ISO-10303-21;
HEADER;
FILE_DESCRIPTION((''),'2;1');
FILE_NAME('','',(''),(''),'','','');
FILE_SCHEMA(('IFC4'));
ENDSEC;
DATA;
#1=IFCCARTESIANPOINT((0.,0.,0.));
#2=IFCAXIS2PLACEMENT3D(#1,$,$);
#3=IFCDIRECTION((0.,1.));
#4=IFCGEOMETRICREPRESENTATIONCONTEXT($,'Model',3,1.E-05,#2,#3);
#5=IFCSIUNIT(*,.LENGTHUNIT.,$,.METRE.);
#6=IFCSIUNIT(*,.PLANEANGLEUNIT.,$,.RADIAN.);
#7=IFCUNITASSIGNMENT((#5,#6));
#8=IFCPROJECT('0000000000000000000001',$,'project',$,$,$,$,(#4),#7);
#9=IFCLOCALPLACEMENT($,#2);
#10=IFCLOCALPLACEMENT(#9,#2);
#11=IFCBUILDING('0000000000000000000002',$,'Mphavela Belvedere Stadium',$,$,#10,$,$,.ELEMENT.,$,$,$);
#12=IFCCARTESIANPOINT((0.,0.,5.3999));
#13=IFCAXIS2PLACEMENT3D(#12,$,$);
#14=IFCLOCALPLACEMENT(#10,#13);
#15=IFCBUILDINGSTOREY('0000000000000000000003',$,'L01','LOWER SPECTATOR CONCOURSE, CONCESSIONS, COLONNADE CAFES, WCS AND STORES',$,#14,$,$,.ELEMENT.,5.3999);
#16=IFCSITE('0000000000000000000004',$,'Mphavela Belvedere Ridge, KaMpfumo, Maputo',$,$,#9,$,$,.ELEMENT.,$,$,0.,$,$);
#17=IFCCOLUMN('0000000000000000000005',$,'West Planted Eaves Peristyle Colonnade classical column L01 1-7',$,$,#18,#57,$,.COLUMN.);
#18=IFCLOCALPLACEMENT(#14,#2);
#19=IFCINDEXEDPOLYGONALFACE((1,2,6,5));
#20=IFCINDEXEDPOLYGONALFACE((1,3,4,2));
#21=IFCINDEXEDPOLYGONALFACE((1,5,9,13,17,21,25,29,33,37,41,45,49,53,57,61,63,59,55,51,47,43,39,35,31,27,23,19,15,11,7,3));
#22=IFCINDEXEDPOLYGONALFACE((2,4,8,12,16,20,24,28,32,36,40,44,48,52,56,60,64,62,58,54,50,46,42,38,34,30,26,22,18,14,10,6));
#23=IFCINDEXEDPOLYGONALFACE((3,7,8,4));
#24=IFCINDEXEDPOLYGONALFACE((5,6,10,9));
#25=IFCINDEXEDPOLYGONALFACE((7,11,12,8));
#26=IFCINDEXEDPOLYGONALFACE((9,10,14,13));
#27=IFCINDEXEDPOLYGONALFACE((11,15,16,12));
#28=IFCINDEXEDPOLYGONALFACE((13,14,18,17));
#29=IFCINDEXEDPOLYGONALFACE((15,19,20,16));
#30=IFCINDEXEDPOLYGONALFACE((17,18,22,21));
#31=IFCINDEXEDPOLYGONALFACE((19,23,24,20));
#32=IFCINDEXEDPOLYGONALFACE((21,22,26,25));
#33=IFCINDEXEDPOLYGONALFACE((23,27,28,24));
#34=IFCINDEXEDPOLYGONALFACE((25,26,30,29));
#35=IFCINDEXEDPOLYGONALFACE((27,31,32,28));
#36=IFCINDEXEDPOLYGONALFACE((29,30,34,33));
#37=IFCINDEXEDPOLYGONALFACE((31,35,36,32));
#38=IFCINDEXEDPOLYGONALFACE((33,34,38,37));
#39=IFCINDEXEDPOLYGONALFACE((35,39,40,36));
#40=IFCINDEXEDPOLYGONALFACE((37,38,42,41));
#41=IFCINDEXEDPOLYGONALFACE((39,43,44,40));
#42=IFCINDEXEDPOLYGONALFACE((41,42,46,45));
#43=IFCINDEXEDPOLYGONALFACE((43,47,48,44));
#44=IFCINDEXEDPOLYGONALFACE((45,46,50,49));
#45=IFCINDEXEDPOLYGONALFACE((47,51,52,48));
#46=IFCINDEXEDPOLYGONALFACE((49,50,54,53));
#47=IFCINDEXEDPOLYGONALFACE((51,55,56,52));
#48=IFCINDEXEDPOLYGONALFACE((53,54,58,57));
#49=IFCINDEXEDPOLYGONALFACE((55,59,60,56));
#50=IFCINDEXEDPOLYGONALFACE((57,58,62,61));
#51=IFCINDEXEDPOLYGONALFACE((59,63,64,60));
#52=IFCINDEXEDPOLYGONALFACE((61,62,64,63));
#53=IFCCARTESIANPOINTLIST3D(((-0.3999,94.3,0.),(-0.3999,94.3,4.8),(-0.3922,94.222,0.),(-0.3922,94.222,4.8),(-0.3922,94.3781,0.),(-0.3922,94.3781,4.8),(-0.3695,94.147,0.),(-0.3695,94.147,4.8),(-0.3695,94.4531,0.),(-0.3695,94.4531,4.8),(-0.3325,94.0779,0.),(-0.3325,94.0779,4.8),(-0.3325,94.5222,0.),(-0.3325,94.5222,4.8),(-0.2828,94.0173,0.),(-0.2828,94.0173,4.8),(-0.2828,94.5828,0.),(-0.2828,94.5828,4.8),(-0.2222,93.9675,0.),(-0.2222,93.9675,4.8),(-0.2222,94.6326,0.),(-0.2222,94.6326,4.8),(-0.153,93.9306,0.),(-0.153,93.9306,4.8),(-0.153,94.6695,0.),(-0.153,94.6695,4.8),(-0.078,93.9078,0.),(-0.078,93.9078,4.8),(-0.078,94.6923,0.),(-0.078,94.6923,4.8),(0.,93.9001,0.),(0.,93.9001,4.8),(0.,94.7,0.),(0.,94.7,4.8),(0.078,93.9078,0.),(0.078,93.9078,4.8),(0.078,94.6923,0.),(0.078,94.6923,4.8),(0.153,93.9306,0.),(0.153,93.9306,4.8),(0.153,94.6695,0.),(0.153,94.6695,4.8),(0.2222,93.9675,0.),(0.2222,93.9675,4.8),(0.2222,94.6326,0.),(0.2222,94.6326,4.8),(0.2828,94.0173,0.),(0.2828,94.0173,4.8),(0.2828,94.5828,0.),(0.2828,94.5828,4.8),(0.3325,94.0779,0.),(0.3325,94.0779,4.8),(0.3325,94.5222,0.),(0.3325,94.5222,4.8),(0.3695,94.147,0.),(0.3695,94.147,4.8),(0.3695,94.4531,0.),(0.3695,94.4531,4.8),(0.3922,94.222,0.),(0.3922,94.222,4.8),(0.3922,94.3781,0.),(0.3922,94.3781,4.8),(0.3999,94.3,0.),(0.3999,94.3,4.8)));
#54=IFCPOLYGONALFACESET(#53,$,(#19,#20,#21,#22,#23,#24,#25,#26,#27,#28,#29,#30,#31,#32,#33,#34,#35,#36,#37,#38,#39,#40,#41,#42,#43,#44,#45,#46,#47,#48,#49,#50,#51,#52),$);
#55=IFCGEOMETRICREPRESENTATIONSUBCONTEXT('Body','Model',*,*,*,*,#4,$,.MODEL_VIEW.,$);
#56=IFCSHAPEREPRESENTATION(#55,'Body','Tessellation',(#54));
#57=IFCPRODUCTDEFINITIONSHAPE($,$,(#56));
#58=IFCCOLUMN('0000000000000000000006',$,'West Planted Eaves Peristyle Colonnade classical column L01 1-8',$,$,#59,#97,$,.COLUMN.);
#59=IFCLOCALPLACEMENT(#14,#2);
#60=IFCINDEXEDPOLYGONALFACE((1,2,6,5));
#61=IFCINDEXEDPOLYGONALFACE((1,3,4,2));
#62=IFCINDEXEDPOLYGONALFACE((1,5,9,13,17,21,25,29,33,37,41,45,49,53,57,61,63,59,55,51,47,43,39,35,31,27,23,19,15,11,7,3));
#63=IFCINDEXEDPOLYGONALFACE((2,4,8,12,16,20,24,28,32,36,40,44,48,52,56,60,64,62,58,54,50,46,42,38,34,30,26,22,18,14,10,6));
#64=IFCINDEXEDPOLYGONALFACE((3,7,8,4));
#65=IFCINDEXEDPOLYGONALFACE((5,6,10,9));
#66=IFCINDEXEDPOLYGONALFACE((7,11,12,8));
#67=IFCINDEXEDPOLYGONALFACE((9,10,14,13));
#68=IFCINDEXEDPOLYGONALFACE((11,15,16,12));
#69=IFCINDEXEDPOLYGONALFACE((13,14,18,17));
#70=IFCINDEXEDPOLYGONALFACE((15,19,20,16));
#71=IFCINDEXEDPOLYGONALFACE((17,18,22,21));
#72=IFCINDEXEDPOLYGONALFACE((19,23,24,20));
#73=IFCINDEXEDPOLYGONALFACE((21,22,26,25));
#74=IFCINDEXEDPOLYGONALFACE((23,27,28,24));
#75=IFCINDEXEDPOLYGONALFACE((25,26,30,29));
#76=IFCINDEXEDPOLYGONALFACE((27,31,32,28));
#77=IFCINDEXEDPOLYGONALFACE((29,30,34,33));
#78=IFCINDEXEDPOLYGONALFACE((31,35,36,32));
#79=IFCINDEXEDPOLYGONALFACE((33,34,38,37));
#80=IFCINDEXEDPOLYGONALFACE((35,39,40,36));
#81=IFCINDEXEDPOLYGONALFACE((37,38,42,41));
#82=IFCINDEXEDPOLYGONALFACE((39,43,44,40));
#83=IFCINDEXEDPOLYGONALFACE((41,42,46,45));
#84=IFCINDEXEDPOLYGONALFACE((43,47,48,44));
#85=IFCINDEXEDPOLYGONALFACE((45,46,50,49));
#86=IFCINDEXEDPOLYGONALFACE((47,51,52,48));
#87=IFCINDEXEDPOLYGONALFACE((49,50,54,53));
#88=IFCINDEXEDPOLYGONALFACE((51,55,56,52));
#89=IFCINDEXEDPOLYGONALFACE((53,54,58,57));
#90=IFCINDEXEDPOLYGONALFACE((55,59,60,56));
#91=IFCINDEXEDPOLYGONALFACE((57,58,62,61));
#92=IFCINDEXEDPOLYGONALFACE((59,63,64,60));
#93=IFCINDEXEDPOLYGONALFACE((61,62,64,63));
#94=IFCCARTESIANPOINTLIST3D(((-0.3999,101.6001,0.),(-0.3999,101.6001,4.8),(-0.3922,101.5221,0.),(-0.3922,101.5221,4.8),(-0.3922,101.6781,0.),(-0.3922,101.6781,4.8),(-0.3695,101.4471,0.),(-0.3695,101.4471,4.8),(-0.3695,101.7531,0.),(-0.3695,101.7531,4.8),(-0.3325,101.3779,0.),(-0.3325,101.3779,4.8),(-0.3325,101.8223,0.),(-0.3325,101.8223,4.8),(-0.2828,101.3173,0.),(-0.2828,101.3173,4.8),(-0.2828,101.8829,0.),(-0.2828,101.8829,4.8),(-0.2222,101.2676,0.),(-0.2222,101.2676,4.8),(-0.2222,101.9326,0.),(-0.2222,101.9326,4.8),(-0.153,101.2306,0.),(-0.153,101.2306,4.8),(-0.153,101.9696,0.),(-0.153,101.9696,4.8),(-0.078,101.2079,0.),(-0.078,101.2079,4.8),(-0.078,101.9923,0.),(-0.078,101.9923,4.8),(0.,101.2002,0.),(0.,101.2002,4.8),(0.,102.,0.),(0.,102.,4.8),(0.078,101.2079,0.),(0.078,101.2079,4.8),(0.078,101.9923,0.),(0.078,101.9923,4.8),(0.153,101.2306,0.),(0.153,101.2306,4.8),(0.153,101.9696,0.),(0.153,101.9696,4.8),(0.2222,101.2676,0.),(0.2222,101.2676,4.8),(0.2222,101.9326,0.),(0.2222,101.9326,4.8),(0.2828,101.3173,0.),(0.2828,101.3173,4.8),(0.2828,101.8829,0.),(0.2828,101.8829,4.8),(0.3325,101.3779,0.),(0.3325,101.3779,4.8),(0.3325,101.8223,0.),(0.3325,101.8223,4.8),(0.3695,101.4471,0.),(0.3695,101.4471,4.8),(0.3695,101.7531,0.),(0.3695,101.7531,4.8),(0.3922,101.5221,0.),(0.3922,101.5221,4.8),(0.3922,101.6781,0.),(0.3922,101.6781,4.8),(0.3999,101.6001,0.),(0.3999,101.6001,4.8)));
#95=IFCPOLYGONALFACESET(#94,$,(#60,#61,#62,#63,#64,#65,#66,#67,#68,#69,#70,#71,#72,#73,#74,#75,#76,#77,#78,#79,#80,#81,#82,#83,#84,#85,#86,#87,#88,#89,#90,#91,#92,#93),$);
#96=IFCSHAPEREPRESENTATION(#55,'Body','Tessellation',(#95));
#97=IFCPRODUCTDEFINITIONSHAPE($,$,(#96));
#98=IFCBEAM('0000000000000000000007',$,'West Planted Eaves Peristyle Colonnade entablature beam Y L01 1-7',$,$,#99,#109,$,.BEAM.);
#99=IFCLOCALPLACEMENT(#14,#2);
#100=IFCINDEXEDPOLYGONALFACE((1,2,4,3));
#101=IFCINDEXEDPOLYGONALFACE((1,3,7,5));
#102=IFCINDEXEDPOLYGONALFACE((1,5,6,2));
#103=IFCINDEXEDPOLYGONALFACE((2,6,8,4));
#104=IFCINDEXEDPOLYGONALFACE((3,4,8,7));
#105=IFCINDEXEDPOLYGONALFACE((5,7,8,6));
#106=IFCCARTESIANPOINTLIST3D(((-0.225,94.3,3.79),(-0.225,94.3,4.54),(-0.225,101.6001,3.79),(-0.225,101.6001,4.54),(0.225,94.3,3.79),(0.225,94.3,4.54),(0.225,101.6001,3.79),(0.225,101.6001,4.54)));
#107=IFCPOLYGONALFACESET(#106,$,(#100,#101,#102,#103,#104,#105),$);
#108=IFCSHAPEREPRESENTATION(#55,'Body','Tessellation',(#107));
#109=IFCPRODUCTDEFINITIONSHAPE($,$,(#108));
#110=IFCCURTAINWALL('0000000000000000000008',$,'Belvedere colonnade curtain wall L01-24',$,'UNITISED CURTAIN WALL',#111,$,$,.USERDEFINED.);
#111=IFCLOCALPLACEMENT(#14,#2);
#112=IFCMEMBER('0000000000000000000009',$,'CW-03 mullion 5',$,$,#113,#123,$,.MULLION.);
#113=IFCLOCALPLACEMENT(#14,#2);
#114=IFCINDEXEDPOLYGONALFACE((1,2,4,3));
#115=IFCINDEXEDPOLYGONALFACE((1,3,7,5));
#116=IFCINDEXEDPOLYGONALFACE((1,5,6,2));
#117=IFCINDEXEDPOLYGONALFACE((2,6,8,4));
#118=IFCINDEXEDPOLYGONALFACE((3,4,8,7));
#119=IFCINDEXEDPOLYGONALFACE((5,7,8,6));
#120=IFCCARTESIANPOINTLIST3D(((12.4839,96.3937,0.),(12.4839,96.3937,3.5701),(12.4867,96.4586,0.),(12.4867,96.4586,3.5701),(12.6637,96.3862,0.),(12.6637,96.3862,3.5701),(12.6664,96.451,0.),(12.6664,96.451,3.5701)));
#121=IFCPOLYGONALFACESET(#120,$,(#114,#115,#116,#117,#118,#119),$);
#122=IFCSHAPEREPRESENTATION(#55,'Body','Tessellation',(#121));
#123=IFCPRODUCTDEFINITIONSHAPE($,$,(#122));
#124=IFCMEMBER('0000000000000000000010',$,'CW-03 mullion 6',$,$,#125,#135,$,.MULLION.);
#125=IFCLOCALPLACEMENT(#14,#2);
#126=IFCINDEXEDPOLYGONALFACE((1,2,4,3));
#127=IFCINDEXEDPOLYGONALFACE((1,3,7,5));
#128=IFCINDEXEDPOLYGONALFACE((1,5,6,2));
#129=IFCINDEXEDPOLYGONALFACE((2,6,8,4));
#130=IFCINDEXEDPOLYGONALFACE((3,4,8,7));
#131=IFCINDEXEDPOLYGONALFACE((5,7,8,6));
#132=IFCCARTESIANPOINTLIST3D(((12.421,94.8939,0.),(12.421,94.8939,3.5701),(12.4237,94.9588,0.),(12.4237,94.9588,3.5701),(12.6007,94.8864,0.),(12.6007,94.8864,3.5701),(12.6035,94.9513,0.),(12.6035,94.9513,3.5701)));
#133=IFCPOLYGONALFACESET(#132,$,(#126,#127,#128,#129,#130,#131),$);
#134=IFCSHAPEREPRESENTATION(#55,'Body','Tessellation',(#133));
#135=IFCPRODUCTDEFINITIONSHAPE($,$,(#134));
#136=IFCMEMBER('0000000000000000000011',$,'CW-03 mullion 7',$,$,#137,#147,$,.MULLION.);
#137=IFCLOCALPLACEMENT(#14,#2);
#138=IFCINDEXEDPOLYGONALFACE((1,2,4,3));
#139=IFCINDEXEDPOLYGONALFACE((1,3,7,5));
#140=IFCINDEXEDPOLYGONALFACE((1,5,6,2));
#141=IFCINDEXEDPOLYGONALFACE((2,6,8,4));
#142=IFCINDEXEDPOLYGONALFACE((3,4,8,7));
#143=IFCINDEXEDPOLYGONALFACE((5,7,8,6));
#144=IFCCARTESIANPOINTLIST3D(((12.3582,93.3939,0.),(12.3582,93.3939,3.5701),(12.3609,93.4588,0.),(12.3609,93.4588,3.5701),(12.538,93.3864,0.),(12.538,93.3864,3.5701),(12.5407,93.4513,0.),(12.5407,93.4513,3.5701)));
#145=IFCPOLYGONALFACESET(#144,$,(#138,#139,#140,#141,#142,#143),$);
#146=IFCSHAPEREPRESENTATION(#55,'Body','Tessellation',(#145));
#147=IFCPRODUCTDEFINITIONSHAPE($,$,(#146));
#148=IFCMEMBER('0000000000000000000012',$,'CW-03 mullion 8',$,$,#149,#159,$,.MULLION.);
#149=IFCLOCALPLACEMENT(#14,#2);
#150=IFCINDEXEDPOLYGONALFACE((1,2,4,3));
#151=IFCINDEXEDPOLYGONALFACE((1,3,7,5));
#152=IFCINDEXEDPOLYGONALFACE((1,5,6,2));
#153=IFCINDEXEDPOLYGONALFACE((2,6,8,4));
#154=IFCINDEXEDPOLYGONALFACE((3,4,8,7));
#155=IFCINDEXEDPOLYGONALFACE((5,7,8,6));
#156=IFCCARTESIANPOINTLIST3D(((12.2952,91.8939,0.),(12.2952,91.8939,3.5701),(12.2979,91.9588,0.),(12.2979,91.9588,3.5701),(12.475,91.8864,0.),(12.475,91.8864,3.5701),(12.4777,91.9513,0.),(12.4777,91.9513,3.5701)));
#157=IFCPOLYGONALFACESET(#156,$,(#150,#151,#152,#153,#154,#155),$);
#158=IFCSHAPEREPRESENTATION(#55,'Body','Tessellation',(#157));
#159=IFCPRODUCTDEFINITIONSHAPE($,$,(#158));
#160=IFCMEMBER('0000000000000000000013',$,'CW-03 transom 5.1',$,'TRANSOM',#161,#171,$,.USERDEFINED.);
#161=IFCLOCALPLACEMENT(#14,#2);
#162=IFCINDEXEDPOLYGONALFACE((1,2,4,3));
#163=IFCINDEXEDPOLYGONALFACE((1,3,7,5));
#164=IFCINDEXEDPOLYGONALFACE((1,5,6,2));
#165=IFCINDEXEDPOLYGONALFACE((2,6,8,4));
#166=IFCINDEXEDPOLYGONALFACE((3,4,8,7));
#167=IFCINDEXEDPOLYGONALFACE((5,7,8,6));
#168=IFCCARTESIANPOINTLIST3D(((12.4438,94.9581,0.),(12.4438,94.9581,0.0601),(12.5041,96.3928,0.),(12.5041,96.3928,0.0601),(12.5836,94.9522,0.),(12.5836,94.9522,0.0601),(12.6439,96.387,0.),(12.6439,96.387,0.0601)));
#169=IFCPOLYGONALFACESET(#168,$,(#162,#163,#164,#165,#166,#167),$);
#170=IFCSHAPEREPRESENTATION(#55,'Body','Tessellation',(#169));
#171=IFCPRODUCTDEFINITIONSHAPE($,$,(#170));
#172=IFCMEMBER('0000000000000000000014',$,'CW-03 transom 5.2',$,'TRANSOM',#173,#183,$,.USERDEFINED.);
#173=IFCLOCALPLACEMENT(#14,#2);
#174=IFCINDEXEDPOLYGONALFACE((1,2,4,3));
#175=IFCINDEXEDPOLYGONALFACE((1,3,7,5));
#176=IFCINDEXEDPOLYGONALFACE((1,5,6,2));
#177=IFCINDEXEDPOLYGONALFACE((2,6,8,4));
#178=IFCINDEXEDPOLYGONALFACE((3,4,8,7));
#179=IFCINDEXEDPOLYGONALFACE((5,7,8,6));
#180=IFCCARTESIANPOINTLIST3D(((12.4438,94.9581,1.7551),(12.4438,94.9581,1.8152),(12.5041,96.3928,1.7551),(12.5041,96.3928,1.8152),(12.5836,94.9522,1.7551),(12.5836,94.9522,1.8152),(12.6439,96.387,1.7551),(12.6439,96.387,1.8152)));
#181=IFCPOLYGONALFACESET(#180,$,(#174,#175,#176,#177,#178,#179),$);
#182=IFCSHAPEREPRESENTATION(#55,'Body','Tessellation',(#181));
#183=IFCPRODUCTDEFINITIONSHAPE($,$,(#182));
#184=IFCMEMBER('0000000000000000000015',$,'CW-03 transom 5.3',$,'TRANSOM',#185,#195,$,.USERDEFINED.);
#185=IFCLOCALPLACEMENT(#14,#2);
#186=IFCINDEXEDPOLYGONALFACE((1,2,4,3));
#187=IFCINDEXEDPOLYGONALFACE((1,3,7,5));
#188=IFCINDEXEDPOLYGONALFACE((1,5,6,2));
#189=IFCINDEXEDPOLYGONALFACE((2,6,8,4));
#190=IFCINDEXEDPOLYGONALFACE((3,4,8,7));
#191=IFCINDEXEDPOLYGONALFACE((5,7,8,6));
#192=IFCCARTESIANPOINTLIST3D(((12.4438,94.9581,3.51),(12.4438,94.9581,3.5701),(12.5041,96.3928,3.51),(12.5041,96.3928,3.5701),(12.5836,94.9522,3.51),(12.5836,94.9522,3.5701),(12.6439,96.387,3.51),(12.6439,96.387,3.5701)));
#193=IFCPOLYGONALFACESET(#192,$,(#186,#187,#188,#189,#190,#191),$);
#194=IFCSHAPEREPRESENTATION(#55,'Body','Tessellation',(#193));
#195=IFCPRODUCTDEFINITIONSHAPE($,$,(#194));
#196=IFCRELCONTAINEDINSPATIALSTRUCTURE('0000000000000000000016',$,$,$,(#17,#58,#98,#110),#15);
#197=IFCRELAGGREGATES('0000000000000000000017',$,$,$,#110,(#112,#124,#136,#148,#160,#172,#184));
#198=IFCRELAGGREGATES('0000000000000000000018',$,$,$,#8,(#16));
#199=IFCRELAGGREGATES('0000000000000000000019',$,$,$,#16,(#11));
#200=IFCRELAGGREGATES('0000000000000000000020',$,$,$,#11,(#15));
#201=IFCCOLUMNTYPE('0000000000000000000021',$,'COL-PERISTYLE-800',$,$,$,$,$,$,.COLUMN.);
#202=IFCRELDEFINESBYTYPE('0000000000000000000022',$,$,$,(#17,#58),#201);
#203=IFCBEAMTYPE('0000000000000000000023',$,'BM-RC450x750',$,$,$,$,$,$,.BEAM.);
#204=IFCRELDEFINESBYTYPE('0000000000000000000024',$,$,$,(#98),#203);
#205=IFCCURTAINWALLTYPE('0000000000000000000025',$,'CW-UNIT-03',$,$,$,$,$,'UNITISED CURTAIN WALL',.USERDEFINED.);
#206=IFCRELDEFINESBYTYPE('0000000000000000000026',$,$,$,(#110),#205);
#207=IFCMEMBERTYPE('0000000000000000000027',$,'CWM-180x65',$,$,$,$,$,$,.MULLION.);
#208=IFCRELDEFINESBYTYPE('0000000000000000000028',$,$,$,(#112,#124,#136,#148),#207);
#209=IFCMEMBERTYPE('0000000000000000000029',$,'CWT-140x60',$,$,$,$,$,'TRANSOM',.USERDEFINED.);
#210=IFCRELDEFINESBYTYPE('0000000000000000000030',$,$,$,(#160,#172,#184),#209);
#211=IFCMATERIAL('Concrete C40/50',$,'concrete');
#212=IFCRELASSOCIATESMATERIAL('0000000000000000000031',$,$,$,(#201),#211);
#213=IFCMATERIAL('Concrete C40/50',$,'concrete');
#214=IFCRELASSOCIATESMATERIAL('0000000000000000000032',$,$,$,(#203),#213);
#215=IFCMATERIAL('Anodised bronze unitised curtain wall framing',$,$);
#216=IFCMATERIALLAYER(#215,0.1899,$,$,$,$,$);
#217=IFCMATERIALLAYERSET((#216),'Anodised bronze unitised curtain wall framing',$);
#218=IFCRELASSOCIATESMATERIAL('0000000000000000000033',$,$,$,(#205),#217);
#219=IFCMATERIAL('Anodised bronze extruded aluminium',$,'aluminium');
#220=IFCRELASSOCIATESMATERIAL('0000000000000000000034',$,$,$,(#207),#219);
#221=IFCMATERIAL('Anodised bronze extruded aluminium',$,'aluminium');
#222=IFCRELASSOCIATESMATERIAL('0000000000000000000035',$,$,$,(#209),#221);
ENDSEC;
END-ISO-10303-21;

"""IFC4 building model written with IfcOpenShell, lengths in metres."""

from ifc_helpers import new_model, si_unit, direction, frame, origin, origin_2d, place, context, subcontext, project, spatial, rectangle, circle, extrude, material, layer, layer_set, material_profile, profile_set, type_object, element, aggregate, save


model = new_model("IFC4")

# Units and contexts
model_context = context("Model", 3, precision=1e-05, world=origin(), true_north=direction((0.0, 1.0)))
body_context = subcontext(model_context, "Body", "Model", "MODEL_VIEW")
ifc_project = project(units=[si_unit("LENGTHUNIT", "METRE"), si_unit("PLANEANGLEUNIT", "RADIAN")], contexts=[model_context])

# Site, building, storey
site_placement = place(None, origin())
site = spatial("IfcSite", under=ifc_project, at=site_placement, Name="Mphavela Belvedere Ridge, KaMpfumo, Maputo", CompositionType="ELEMENT", RefElevation=0.0)
building_placement = place(site_placement, origin())
building = spatial("IfcBuilding", under=site, at=building_placement, Name="Mphavela Belvedere Stadium", CompositionType="ELEMENT")
storey_placement = place(building_placement, frame((0.0, 0.0, 5.3999)))
storey = spatial("IfcBuildingStorey", under=building, at=storey_placement, Name="L01", Description="LOWER SPECTATOR CONCOURSE, CONCESSIONS, COLONNADE CAFES, WCS AND STORES", CompositionType="ELEMENT", Elevation=5.3999)

# Columns
ifc_material_1 = material(Name="Concrete C40/50", Category="concrete")
ifc_material_profile_1 = material_profile(ifc_material_1, circle(Radius=0.3999, at=origin_2d()), Name="COL D800")
ifc_profile_set_1 = profile_set([ifc_material_profile_1], Name="Concrete C40/50")
column_type = type_object("IfcColumnType", Name="COL-PERISTYLE-800", PredefinedType="COLUMN", material=ifc_profile_set_1)
for number, where, z_axis, x_axis, name in (
    (1, (0.0, 94.3, 0.0), (0.0, 0.0, 1.0), (1.0, 0.0, 0.0), "West Planted Eaves Peristyle Colonnade classical column L01 1-7"),
    (2, (0.0, 101.6001, 0.0), (0.0, 0.0, 1.0), (1.0, 0.0, 0.0), "West Planted Eaves Peristyle Colonnade classical column L01 1-8"),
):
    element("IfcColumn", number, at=place(storey_placement, frame(where, z_axis=z_axis, x_axis=x_axis)), inside=storey, type_object=column_type, Name=name, PredefinedType="COLUMN", context=body_context, shape_type="SweptSolid", body=[
        extrude(circle(Radius=0.3999, at=origin_2d()), origin(), (0.0, 0.0, 1.0), 4.8),
    ])

# Beam
ifc_material_2 = material(Name="Concrete C40/50", Category="concrete")
ifc_material_profile_2 = material_profile(ifc_material_2, rectangle(XDim=0.45, YDim=0.75, at=origin_2d()), Name="RC 450x750")
ifc_profile_set_2 = profile_set([ifc_material_profile_2], Name="Concrete C40/50")
beam_type = type_object("IfcBeamType", Name="BM-RC450x750", PredefinedType="BEAM", material=ifc_profile_set_2)
beam_placement = place(storey_placement, frame((0.0, 94.3, 4.165), z_axis=(0.0, 1.0, 0.0), x_axis=(-1.0, 0.0, 0.0)))
element("IfcBeam", 3, at=beam_placement, inside=storey, type_object=beam_type, Name="West Planted Eaves Peristyle Colonnade entablature beam Y L01 1-7", PredefinedType="BEAM", context=body_context, shape_type="SweptSolid", body=[
    extrude(rectangle(XDim=0.45, YDim=0.75, at=origin_2d()), origin(), (0.0, 0.0, 1.0), 7.3),
])

# Curtain wall, members
ifc_material_3 = material(Name="Anodised bronze unitised curtain wall framing")
ifc_layer_1 = layer(ifc_material_3, 0.1899)
ifc_layer_set_1 = layer_set([ifc_layer_1], Name="Anodised bronze unitised curtain wall framing")
curtain_wall_type = type_object("IfcCurtainWallType", Name="CW-UNIT-03", ElementType="UNITISED CURTAIN WALL", PredefinedType="USERDEFINED", material=ifc_layer_set_1)
curtain_wall_placement = place(storey_placement, origin())
curtain_wall = element("IfcCurtainWall", 4, at=curtain_wall_placement, inside=storey, type_object=curtain_wall_type, Name="Belvedere colonnade curtain wall L01-24", ObjectType="UNITISED CURTAIN WALL", PredefinedType="USERDEFINED")
ifc_material_4 = material(Name="Anodised bronze extruded aluminium", Category="aluminium")
ifc_material_profile_3 = material_profile(ifc_material_4, rectangle(XDim=0.1799, YDim=0.0649, at=origin_2d()), Name="CW-MUL 180x65")
ifc_profile_set_3 = profile_set([ifc_material_profile_3], Name="Anodised bronze extruded aluminium")
member_type_1 = type_object("IfcMemberType", Name="CWM-180x65", PredefinedType="MULLION", material=ifc_profile_set_3)
member_1_placement = place(storey_placement, frame((12.5752, 96.4224, 0.0), z_axis=(0.0, 0.0, 1.0), x_axis=(0.999121, -0.04191, 0.0)))
member_1 = element("IfcMember", 5, at=member_1_placement, type_object=member_type_1, Name="CW-03 mullion 5", PredefinedType="MULLION", context=body_context, shape_type="SweptSolid", body=[
    extrude(rectangle(XDim=0.1799, YDim=0.0649, at=origin_2d()), origin(), (0.0, 0.0, 1.0), 3.5701),
])
member_2_placement = place(storey_placement, frame((12.5122, 94.9226, 0.0), z_axis=(0.0, 0.0, 1.0), x_axis=(0.999121, -0.04191, 0.0)))
member_2 = element("IfcMember", 6, at=member_2_placement, type_object=member_type_1, Name="CW-03 mullion 6", PredefinedType="MULLION", context=body_context, shape_type="SweptSolid", body=[
    extrude(rectangle(XDim=0.1799, YDim=0.0649, at=origin_2d()), origin(), (0.0, 0.0, 1.0), 3.5701),
])
member_3_placement = place(storey_placement, frame((12.4495, 93.4226, 0.0), z_axis=(0.0, 0.0, 1.0), x_axis=(0.999121, -0.04191, 0.0)))
member_3 = element("IfcMember", 7, at=member_3_placement, type_object=member_type_1, Name="CW-03 mullion 7", PredefinedType="MULLION", context=body_context, shape_type="SweptSolid", body=[
    extrude(rectangle(XDim=0.1799, YDim=0.0649, at=origin_2d()), origin(), (0.0, 0.0, 1.0), 3.5701),
])
member_4_placement = place(storey_placement, frame((12.3865, 91.9226, 0.0), z_axis=(0.0, 0.0, 1.0), x_axis=(0.999121, -0.04191, 0.0)))
member_4 = element("IfcMember", 8, at=member_4_placement, type_object=member_type_1, Name="CW-03 mullion 8", PredefinedType="MULLION", context=body_context, shape_type="SweptSolid", body=[
    extrude(rectangle(XDim=0.1799, YDim=0.0649, at=origin_2d()), origin(), (0.0, 0.0, 1.0), 3.5701),
])
ifc_material_5 = material(Name="Anodised bronze extruded aluminium", Category="aluminium")
ifc_material_profile_4 = material_profile(ifc_material_5, rectangle(XDim=0.1399, YDim=0.0601, at=origin_2d()), Name="CW-TRN 140x60")
ifc_profile_set_4 = profile_set([ifc_material_profile_4], Name="Anodised bronze extruded aluminium")
member_type_2 = type_object("IfcMemberType", Name="CWT-140x60", ElementType="TRANSOM", PredefinedType="USERDEFINED", material=ifc_profile_set_4)
member_5_placement = place(storey_placement, frame((12.574, 96.3899, 0.03), z_axis=(-0.041991, -0.999118, 0.0), x_axis=(0.999118, -0.041991, 0.0)))
member_5 = element("IfcMember", 9, at=member_5_placement, type_object=member_type_2, Name="CW-03 transom 5.1", ObjectType="TRANSOM", PredefinedType="USERDEFINED", context=body_context, shape_type="SweptSolid", body=[
    extrude(rectangle(XDim=0.1399, YDim=0.0601, at=origin_2d()), origin(), (0.0, 0.0, 1.0), 1.436),
])
member_6_placement = place(storey_placement, frame((12.574, 96.3899, 1.7852), z_axis=(-0.041991, -0.999118, 0.0), x_axis=(0.999118, -0.041991, 0.0)))
member_6 = element("IfcMember", 10, at=member_6_placement, type_object=member_type_2, Name="CW-03 transom 5.2", ObjectType="TRANSOM", PredefinedType="USERDEFINED", context=body_context, shape_type="SweptSolid", body=[
    extrude(rectangle(XDim=0.1399, YDim=0.0601, at=origin_2d()), origin(), (0.0, 0.0, 1.0), 1.436),
])
member_7_placement = place(storey_placement, frame((12.574, 96.3899, 3.54), z_axis=(-0.041991, -0.999118, 0.0), x_axis=(0.999118, -0.041991, 0.0)))
member_7 = element("IfcMember", 11, at=member_7_placement, type_object=member_type_2, Name="CW-03 transom 5.3", ObjectType="TRANSOM", PredefinedType="USERDEFINED", context=body_context, shape_type="SweptSolid", body=[
    extrude(rectangle(XDim=0.1399, YDim=0.0601, at=origin_2d()), origin(), (0.0, 0.0, 1.0), 1.436),
])
aggregate(curtain_wall, [member_1, member_2, member_3, member_4, member_5, member_6, member_7])

save(model, "model.ifc")
